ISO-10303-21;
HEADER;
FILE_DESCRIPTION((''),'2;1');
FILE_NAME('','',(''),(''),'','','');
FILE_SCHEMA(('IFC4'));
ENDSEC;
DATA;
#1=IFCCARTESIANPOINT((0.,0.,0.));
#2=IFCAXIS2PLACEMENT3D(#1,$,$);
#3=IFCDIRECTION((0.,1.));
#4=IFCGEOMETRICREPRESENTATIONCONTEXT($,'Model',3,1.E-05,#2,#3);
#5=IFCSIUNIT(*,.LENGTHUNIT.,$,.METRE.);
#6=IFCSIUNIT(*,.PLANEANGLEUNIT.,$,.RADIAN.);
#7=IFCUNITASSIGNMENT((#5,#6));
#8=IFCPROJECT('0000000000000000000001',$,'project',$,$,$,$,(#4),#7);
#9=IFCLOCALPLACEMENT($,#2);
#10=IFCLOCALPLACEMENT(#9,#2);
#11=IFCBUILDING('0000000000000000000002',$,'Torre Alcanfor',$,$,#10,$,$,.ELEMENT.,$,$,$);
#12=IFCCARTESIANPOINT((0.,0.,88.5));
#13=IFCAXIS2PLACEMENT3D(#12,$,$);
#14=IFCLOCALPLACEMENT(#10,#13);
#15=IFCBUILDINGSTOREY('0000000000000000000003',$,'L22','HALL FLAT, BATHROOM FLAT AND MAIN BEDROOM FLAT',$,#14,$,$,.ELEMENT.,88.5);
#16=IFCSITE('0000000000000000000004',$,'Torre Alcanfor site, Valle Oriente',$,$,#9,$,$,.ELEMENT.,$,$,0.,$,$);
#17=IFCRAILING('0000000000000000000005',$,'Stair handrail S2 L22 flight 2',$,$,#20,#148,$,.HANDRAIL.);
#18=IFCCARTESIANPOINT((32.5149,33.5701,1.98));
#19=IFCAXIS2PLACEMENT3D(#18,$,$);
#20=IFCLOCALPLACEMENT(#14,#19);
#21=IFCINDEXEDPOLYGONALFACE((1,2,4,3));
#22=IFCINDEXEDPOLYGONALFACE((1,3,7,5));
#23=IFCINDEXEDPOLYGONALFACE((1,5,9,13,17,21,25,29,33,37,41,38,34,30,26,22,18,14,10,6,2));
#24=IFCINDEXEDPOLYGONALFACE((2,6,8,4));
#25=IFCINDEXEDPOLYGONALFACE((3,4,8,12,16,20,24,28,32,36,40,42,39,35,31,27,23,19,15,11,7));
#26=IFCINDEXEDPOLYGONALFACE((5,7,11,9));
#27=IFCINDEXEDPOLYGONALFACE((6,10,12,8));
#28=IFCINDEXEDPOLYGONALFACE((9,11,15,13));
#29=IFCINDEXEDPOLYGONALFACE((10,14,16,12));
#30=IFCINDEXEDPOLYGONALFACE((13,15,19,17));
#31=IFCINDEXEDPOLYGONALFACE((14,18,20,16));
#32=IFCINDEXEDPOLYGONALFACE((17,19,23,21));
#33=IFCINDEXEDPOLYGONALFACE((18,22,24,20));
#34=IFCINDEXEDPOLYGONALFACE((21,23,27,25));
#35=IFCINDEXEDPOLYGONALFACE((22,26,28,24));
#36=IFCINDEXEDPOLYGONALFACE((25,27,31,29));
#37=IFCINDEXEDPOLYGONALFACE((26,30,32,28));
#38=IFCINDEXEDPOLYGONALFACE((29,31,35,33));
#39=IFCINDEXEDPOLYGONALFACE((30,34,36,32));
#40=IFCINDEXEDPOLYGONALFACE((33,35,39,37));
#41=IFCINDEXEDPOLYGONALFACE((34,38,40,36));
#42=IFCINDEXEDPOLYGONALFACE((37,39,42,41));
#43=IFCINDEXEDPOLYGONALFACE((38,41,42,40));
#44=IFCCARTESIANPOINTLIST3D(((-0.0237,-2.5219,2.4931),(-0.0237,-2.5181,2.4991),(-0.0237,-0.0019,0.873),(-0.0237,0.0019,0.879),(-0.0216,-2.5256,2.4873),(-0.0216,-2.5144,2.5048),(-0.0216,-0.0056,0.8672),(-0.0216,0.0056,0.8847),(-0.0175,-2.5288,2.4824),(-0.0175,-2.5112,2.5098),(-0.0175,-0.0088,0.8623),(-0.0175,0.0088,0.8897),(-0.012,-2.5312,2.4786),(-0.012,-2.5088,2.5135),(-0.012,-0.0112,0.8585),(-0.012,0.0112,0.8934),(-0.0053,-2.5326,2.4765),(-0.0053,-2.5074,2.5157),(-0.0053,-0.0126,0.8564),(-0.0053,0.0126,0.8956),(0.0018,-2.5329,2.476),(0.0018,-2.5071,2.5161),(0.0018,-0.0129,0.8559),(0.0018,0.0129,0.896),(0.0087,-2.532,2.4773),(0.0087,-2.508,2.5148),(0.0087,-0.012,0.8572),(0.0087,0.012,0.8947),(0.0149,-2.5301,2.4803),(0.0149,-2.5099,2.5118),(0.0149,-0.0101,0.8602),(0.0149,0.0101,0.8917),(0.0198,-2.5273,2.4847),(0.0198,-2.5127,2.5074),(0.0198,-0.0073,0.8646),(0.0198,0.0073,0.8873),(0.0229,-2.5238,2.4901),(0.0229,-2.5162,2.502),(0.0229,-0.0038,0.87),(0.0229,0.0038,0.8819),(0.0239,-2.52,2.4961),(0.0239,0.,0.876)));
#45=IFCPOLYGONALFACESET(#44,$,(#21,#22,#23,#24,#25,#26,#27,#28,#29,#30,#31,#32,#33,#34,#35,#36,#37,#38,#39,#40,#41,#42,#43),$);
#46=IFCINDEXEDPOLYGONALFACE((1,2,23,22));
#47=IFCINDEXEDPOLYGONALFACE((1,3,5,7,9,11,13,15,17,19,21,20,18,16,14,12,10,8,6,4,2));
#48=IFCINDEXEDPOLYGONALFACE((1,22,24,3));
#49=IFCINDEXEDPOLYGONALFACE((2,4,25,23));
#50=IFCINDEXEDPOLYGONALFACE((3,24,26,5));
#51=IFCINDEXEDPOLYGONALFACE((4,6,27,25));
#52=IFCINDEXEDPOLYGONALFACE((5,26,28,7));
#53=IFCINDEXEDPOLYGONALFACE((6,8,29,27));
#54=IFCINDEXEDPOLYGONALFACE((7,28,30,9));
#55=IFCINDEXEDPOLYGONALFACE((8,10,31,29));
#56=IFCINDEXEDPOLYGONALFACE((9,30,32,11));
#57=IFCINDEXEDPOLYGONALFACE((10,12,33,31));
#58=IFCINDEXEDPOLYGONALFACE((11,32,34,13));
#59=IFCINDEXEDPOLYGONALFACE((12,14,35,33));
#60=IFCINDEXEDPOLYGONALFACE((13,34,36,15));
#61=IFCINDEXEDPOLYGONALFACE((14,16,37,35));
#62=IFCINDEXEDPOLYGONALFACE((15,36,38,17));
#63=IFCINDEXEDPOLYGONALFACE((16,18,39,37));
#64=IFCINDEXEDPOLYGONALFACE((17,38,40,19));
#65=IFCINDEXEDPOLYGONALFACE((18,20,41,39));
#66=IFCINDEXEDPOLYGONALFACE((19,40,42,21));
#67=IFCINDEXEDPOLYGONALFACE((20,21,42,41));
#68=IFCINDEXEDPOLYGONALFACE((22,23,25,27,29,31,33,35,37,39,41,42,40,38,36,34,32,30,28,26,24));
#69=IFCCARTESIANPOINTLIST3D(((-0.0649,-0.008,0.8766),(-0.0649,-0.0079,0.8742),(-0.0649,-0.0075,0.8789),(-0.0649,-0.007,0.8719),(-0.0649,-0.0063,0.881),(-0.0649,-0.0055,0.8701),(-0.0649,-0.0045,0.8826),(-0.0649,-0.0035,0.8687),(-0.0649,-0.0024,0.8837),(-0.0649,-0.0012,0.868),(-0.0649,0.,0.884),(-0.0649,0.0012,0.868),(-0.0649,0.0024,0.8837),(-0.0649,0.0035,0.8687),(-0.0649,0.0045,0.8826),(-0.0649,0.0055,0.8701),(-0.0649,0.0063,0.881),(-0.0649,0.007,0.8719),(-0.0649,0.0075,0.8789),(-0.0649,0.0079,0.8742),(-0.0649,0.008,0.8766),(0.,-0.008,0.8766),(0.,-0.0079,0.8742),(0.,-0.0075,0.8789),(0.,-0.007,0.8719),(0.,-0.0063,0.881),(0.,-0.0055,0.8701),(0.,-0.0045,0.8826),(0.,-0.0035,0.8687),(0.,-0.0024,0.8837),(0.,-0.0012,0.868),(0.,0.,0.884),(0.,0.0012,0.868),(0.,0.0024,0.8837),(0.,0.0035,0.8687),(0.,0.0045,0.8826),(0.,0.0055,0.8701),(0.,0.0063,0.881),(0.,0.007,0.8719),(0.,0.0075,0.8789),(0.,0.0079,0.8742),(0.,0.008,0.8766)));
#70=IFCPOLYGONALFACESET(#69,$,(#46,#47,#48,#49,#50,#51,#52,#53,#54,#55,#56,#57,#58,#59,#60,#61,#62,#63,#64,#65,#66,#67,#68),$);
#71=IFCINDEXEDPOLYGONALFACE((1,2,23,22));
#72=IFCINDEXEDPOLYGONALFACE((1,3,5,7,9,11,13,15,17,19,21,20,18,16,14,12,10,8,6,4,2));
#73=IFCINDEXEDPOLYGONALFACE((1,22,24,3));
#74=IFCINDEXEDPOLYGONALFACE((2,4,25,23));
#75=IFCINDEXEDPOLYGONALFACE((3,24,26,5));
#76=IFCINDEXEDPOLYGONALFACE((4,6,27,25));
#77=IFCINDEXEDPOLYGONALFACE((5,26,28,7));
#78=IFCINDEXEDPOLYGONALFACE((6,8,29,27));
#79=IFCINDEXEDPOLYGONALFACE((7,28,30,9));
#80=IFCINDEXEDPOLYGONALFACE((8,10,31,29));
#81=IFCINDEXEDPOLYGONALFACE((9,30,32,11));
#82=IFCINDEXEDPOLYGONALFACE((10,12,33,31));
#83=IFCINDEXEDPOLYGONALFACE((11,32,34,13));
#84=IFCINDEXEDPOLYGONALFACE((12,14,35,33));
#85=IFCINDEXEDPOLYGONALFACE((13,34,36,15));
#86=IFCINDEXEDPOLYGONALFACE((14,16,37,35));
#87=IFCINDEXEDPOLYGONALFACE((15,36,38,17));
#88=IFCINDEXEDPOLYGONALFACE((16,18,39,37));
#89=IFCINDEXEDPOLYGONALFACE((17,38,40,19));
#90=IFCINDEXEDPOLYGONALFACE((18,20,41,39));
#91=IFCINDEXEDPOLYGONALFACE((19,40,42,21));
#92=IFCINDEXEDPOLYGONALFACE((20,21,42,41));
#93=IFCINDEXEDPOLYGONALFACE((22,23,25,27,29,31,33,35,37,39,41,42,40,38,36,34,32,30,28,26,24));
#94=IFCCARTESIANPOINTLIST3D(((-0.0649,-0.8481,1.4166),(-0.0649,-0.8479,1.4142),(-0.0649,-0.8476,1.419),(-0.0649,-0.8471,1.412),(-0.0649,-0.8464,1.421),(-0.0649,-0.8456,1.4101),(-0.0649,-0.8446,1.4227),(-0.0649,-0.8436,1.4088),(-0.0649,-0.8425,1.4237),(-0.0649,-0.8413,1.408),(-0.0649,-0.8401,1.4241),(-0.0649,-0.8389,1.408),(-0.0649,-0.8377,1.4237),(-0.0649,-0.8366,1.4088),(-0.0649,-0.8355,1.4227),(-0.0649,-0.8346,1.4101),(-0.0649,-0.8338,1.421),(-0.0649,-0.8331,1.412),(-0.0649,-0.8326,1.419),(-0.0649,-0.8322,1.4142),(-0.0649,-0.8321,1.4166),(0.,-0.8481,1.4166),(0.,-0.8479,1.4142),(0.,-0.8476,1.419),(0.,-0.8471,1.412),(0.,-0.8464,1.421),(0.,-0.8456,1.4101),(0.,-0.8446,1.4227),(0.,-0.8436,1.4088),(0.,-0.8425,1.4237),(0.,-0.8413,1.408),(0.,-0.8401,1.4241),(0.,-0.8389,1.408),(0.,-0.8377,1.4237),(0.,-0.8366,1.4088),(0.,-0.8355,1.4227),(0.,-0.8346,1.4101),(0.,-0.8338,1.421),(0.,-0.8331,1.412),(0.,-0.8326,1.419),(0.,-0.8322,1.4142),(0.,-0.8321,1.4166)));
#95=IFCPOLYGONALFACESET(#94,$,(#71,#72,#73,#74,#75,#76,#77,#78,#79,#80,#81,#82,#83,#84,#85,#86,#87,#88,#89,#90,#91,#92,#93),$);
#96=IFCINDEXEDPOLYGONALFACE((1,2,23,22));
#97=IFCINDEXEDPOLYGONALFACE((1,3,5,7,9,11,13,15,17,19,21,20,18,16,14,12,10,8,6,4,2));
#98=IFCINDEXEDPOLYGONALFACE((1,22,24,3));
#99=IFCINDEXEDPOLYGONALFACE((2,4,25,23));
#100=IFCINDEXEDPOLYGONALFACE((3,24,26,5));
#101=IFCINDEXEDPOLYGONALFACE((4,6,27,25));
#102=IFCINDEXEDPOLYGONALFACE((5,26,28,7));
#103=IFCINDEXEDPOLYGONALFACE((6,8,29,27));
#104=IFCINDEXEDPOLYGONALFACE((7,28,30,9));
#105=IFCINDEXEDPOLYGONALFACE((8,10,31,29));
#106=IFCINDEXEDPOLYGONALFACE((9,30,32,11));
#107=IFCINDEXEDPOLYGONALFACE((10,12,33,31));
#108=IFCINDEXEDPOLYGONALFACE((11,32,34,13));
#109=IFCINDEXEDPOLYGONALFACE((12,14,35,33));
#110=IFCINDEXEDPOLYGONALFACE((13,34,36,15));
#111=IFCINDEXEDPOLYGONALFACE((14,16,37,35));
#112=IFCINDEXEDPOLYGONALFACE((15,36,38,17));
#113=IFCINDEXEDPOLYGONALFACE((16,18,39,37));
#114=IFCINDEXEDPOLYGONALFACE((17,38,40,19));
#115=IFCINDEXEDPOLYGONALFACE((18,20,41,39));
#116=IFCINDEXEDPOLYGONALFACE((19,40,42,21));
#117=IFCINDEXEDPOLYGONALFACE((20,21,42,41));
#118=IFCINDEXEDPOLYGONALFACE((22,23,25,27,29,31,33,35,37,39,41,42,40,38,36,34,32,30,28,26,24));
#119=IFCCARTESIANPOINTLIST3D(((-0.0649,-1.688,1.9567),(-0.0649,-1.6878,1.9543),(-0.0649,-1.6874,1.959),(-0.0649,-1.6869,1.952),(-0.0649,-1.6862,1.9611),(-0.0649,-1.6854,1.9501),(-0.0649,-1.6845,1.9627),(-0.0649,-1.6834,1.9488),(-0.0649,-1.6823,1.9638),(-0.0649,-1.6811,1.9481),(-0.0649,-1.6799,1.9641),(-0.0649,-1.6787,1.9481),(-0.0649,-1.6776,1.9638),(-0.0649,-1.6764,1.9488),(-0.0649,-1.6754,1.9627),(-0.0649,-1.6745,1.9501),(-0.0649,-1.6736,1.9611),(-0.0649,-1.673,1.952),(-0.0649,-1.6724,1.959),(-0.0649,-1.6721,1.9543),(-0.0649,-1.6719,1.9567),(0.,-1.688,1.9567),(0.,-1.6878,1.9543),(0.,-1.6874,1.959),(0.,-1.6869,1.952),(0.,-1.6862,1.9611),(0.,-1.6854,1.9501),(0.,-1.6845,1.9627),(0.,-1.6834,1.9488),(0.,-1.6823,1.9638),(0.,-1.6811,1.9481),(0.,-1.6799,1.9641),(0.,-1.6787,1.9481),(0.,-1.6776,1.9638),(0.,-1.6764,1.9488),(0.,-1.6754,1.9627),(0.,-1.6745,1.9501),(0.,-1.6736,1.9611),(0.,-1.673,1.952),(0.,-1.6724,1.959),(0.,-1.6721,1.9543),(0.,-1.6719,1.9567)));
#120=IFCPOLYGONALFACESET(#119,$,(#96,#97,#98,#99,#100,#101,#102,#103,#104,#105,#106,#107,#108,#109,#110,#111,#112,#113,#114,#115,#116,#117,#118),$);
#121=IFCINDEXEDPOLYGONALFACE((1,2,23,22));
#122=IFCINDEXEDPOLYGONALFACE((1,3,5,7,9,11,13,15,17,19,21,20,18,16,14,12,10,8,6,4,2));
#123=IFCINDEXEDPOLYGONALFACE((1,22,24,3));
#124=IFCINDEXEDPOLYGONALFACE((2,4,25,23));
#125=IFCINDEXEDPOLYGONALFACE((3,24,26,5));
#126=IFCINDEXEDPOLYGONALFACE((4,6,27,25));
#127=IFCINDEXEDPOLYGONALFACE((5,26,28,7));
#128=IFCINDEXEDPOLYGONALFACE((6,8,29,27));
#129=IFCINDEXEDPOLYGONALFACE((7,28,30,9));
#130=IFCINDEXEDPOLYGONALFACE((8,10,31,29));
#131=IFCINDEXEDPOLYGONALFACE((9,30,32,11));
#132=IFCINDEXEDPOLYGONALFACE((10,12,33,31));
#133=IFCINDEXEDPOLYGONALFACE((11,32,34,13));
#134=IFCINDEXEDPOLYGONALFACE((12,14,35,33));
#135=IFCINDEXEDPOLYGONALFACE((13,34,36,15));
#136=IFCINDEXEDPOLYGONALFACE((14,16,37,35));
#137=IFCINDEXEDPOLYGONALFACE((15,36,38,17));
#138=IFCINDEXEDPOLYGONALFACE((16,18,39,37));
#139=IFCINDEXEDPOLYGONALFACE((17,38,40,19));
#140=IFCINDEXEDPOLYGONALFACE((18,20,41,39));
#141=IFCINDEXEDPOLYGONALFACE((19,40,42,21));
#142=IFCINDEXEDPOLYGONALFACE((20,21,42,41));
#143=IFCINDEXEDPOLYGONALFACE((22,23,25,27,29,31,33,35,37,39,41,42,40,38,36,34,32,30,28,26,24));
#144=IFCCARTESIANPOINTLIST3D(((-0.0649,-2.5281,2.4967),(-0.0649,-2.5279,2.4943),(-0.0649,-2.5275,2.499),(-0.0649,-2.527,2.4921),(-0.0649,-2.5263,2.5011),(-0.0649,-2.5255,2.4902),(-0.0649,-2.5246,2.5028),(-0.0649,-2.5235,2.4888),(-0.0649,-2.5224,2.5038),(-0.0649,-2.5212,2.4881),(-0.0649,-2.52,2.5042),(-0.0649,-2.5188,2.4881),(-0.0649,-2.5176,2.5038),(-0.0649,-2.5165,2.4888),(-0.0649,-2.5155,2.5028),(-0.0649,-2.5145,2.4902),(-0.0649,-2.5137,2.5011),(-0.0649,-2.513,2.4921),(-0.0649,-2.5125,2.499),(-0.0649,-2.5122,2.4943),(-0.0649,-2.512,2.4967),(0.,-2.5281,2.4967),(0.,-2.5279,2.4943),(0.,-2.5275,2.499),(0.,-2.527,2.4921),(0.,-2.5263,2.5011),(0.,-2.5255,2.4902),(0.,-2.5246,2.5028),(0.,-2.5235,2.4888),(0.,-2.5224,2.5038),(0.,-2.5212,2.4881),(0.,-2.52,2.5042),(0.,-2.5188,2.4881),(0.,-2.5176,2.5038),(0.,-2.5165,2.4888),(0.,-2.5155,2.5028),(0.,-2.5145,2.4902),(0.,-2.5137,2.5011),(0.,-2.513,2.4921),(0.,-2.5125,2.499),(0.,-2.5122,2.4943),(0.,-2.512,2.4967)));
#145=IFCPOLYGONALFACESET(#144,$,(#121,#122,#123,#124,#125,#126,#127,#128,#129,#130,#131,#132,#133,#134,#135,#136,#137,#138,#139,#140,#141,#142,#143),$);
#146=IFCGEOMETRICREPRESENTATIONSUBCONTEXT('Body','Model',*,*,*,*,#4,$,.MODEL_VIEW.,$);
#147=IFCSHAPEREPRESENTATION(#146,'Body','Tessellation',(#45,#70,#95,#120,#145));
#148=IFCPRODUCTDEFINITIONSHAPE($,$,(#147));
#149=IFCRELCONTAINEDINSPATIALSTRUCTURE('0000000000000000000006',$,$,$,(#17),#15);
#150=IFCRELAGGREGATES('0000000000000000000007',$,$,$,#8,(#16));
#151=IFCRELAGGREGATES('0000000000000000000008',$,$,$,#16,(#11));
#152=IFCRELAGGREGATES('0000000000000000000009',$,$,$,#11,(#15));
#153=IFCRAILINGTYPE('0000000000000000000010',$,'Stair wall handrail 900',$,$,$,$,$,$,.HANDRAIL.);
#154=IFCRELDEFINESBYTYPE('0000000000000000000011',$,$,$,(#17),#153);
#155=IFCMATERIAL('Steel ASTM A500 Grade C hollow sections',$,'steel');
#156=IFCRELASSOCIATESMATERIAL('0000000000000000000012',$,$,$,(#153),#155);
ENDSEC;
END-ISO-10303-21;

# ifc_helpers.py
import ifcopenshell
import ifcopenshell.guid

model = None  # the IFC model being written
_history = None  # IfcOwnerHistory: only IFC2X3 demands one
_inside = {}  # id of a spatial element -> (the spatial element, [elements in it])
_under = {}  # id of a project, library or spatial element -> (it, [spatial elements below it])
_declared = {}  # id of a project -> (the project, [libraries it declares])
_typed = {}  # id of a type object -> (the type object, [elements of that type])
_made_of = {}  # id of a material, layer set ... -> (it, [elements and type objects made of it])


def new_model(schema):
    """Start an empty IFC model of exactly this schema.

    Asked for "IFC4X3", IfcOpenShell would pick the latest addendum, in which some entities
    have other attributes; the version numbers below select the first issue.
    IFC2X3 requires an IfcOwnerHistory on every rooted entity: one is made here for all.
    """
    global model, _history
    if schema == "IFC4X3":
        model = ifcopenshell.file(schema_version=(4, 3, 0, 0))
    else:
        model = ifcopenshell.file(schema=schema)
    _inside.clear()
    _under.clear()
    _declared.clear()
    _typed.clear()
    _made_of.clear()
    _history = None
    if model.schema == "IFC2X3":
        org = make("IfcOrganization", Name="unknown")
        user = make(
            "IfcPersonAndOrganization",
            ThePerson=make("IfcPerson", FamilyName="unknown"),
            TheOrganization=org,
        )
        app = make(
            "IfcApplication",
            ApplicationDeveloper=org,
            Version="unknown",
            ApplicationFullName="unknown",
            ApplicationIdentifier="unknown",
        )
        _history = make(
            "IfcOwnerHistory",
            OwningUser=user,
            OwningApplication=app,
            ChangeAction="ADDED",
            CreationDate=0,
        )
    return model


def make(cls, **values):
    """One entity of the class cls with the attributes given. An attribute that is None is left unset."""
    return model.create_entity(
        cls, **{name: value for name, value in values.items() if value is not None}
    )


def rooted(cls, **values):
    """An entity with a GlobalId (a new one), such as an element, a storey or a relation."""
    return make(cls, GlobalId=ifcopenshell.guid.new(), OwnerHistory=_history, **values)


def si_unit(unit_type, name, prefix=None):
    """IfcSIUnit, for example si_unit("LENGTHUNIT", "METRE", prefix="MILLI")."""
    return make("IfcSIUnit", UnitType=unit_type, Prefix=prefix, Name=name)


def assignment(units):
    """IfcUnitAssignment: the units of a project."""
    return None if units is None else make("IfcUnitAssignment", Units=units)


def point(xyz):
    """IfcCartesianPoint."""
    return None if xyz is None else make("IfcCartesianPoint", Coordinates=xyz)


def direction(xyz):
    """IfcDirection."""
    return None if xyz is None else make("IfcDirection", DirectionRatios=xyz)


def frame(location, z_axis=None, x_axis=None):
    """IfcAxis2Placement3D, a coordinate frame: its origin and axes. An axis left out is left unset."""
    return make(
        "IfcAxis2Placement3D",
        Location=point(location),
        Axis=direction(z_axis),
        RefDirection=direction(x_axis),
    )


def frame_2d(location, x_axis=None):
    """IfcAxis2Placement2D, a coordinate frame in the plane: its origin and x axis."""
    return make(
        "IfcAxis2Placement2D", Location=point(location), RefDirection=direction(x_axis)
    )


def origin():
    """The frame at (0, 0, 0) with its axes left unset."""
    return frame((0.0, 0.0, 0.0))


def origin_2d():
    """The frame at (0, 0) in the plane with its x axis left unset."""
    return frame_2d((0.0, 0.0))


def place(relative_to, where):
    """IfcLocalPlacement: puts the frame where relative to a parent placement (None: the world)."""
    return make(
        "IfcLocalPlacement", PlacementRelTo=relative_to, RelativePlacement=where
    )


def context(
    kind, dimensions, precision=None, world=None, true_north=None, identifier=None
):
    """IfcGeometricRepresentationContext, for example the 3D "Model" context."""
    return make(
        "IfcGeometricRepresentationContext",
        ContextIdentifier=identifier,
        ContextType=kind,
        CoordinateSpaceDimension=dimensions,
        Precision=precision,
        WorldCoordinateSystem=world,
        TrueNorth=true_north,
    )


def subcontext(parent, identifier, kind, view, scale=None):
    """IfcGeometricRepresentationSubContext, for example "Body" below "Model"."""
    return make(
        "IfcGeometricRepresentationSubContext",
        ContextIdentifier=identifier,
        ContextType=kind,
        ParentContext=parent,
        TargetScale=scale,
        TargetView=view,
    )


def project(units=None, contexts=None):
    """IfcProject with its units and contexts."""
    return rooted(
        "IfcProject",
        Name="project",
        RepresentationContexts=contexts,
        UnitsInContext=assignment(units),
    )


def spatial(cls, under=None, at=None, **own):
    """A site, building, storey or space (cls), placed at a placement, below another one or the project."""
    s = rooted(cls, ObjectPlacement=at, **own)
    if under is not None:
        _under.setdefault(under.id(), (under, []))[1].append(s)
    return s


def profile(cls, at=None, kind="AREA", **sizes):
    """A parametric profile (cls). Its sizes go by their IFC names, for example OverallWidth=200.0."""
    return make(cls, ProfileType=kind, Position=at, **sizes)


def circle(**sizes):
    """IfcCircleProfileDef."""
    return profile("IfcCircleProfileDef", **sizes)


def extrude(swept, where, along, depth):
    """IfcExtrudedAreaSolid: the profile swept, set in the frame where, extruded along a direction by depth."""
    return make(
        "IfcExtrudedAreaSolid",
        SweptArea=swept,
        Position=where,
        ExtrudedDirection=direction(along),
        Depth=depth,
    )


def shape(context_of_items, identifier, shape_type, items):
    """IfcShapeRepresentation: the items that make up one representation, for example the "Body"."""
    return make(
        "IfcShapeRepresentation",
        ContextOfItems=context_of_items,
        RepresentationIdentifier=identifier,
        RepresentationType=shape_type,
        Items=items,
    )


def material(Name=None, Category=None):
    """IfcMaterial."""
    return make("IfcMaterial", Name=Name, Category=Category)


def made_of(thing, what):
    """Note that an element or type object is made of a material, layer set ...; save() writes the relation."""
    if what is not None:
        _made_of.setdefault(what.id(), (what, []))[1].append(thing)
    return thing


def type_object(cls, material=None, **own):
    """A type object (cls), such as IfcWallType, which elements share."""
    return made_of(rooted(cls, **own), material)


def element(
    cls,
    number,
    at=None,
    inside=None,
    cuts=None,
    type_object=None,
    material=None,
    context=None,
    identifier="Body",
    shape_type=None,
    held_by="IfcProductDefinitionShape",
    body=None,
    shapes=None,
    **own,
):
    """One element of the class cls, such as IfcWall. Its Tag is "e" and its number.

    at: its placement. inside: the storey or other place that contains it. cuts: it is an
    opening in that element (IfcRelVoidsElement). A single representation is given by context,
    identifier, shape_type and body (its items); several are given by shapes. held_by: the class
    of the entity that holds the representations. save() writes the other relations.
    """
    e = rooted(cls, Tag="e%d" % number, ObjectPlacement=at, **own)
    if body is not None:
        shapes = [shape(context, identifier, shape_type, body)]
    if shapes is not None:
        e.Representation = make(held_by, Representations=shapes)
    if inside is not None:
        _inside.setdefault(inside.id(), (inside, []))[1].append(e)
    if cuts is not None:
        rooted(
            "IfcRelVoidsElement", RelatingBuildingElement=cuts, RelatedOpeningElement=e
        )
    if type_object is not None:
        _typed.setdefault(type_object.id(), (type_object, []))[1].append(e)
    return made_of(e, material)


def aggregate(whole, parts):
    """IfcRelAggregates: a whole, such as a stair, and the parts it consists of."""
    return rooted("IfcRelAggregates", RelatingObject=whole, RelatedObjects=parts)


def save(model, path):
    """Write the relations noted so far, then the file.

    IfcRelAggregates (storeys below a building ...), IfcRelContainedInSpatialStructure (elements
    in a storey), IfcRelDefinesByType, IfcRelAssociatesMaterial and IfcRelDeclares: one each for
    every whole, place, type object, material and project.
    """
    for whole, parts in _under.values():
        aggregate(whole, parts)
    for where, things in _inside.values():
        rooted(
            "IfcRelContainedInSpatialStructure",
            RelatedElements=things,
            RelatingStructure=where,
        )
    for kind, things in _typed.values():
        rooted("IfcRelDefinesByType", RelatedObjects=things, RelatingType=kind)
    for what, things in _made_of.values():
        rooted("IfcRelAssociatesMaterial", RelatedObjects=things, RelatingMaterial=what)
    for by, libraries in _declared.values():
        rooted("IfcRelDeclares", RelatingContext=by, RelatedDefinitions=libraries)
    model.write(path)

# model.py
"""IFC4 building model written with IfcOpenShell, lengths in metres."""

from ifc_helpers import new_model, si_unit, direction, frame, origin, origin_2d, place, context, subcontext, project, spatial, circle, extrude, material, type_object, element, save


model = new_model("IFC4")

# Units and contexts
model_context = context("Model", 3, precision=1e-05, world=origin(), true_north=direction((0.0, 1.0)))
body_context = subcontext(model_context, "Body", "Model", "MODEL_VIEW")
ifc_project = project(units=[si_unit("LENGTHUNIT", "METRE"), si_unit("PLANEANGLEUNIT", "RADIAN")], contexts=[model_context])

# Site, building, storey
site_placement = place(None, origin())
site = spatial("IfcSite", under=ifc_project, at=site_placement, Name="Torre Alcanfor site, Valle Oriente", CompositionType="ELEMENT", RefElevation=0.0)
building_placement = place(site_placement, origin())
building = spatial("IfcBuilding", under=site, at=building_placement, Name="Torre Alcanfor", CompositionType="ELEMENT")
storey_placement = place(building_placement, frame((0.0, 0.0, 88.5)))
storey = spatial("IfcBuildingStorey", under=building, at=storey_placement, Name="L22", Description="HALL FLAT, BATHROOM FLAT AND MAIN BEDROOM FLAT", CompositionType="ELEMENT", Elevation=88.5)

# Railing
ifc_material_1 = material(Name="Steel ASTM A500 Grade C hollow sections", Category="steel")
railing_type_1 = type_object("IfcRailingType", Name="Stair wall handrail 900", PredefinedType="HANDRAIL", material=ifc_material_1)
railing_1_placement = place(storey_placement, frame((32.5149, 33.5701, 1.98)))
element("IfcRailing", 1, at=railing_1_placement, inside=storey, type_object=railing_type_1, Name="Stair handrail S2 L22 flight 2", PredefinedType="HANDRAIL", context=body_context, shape_type="SweptSolid", body=[
    extrude(circle(Radius=0.0239, at=origin_2d()), frame((0.0, 0.0, 0.876), z_axis=(0.0, -0.841163, 0.540782), x_axis=(1.0, 0.0, 0.0)), (0.0, 0.0, 1.0), 2.9958),
    extrude(circle(Radius=0.0081, at=origin_2d()), frame((0.0, 0.0, 0.876), z_axis=(-1.0, 0.0, 0.0), x_axis=(0.0, 0.0, 1.0)), (0.0, 0.0, 1.0), 0.0649),
    extrude(circle(Radius=0.0081, at=origin_2d()), frame((0.0, -0.8401, 1.416), z_axis=(-1.0, 0.0, 0.0), x_axis=(0.0, 0.0, 1.0)), (0.0, 0.0, 1.0), 0.0649),
    extrude(circle(Radius=0.0081, at=origin_2d()), frame((0.0, -1.6799, 1.9561), z_axis=(-1.0, 0.0, 0.0), x_axis=(0.0, 0.0, 1.0)), (0.0, 0.0, 1.0), 0.0649),
    extrude(circle(Radius=0.0081, at=origin_2d()), frame((0.0, -2.52, 2.4961), z_axis=(-1.0, 0.0, 0.0), x_axis=(0.0, 0.0, 1.0)), (0.0, 0.0, 1.0), 0.0649),
])

save(model, "model.ifc")
